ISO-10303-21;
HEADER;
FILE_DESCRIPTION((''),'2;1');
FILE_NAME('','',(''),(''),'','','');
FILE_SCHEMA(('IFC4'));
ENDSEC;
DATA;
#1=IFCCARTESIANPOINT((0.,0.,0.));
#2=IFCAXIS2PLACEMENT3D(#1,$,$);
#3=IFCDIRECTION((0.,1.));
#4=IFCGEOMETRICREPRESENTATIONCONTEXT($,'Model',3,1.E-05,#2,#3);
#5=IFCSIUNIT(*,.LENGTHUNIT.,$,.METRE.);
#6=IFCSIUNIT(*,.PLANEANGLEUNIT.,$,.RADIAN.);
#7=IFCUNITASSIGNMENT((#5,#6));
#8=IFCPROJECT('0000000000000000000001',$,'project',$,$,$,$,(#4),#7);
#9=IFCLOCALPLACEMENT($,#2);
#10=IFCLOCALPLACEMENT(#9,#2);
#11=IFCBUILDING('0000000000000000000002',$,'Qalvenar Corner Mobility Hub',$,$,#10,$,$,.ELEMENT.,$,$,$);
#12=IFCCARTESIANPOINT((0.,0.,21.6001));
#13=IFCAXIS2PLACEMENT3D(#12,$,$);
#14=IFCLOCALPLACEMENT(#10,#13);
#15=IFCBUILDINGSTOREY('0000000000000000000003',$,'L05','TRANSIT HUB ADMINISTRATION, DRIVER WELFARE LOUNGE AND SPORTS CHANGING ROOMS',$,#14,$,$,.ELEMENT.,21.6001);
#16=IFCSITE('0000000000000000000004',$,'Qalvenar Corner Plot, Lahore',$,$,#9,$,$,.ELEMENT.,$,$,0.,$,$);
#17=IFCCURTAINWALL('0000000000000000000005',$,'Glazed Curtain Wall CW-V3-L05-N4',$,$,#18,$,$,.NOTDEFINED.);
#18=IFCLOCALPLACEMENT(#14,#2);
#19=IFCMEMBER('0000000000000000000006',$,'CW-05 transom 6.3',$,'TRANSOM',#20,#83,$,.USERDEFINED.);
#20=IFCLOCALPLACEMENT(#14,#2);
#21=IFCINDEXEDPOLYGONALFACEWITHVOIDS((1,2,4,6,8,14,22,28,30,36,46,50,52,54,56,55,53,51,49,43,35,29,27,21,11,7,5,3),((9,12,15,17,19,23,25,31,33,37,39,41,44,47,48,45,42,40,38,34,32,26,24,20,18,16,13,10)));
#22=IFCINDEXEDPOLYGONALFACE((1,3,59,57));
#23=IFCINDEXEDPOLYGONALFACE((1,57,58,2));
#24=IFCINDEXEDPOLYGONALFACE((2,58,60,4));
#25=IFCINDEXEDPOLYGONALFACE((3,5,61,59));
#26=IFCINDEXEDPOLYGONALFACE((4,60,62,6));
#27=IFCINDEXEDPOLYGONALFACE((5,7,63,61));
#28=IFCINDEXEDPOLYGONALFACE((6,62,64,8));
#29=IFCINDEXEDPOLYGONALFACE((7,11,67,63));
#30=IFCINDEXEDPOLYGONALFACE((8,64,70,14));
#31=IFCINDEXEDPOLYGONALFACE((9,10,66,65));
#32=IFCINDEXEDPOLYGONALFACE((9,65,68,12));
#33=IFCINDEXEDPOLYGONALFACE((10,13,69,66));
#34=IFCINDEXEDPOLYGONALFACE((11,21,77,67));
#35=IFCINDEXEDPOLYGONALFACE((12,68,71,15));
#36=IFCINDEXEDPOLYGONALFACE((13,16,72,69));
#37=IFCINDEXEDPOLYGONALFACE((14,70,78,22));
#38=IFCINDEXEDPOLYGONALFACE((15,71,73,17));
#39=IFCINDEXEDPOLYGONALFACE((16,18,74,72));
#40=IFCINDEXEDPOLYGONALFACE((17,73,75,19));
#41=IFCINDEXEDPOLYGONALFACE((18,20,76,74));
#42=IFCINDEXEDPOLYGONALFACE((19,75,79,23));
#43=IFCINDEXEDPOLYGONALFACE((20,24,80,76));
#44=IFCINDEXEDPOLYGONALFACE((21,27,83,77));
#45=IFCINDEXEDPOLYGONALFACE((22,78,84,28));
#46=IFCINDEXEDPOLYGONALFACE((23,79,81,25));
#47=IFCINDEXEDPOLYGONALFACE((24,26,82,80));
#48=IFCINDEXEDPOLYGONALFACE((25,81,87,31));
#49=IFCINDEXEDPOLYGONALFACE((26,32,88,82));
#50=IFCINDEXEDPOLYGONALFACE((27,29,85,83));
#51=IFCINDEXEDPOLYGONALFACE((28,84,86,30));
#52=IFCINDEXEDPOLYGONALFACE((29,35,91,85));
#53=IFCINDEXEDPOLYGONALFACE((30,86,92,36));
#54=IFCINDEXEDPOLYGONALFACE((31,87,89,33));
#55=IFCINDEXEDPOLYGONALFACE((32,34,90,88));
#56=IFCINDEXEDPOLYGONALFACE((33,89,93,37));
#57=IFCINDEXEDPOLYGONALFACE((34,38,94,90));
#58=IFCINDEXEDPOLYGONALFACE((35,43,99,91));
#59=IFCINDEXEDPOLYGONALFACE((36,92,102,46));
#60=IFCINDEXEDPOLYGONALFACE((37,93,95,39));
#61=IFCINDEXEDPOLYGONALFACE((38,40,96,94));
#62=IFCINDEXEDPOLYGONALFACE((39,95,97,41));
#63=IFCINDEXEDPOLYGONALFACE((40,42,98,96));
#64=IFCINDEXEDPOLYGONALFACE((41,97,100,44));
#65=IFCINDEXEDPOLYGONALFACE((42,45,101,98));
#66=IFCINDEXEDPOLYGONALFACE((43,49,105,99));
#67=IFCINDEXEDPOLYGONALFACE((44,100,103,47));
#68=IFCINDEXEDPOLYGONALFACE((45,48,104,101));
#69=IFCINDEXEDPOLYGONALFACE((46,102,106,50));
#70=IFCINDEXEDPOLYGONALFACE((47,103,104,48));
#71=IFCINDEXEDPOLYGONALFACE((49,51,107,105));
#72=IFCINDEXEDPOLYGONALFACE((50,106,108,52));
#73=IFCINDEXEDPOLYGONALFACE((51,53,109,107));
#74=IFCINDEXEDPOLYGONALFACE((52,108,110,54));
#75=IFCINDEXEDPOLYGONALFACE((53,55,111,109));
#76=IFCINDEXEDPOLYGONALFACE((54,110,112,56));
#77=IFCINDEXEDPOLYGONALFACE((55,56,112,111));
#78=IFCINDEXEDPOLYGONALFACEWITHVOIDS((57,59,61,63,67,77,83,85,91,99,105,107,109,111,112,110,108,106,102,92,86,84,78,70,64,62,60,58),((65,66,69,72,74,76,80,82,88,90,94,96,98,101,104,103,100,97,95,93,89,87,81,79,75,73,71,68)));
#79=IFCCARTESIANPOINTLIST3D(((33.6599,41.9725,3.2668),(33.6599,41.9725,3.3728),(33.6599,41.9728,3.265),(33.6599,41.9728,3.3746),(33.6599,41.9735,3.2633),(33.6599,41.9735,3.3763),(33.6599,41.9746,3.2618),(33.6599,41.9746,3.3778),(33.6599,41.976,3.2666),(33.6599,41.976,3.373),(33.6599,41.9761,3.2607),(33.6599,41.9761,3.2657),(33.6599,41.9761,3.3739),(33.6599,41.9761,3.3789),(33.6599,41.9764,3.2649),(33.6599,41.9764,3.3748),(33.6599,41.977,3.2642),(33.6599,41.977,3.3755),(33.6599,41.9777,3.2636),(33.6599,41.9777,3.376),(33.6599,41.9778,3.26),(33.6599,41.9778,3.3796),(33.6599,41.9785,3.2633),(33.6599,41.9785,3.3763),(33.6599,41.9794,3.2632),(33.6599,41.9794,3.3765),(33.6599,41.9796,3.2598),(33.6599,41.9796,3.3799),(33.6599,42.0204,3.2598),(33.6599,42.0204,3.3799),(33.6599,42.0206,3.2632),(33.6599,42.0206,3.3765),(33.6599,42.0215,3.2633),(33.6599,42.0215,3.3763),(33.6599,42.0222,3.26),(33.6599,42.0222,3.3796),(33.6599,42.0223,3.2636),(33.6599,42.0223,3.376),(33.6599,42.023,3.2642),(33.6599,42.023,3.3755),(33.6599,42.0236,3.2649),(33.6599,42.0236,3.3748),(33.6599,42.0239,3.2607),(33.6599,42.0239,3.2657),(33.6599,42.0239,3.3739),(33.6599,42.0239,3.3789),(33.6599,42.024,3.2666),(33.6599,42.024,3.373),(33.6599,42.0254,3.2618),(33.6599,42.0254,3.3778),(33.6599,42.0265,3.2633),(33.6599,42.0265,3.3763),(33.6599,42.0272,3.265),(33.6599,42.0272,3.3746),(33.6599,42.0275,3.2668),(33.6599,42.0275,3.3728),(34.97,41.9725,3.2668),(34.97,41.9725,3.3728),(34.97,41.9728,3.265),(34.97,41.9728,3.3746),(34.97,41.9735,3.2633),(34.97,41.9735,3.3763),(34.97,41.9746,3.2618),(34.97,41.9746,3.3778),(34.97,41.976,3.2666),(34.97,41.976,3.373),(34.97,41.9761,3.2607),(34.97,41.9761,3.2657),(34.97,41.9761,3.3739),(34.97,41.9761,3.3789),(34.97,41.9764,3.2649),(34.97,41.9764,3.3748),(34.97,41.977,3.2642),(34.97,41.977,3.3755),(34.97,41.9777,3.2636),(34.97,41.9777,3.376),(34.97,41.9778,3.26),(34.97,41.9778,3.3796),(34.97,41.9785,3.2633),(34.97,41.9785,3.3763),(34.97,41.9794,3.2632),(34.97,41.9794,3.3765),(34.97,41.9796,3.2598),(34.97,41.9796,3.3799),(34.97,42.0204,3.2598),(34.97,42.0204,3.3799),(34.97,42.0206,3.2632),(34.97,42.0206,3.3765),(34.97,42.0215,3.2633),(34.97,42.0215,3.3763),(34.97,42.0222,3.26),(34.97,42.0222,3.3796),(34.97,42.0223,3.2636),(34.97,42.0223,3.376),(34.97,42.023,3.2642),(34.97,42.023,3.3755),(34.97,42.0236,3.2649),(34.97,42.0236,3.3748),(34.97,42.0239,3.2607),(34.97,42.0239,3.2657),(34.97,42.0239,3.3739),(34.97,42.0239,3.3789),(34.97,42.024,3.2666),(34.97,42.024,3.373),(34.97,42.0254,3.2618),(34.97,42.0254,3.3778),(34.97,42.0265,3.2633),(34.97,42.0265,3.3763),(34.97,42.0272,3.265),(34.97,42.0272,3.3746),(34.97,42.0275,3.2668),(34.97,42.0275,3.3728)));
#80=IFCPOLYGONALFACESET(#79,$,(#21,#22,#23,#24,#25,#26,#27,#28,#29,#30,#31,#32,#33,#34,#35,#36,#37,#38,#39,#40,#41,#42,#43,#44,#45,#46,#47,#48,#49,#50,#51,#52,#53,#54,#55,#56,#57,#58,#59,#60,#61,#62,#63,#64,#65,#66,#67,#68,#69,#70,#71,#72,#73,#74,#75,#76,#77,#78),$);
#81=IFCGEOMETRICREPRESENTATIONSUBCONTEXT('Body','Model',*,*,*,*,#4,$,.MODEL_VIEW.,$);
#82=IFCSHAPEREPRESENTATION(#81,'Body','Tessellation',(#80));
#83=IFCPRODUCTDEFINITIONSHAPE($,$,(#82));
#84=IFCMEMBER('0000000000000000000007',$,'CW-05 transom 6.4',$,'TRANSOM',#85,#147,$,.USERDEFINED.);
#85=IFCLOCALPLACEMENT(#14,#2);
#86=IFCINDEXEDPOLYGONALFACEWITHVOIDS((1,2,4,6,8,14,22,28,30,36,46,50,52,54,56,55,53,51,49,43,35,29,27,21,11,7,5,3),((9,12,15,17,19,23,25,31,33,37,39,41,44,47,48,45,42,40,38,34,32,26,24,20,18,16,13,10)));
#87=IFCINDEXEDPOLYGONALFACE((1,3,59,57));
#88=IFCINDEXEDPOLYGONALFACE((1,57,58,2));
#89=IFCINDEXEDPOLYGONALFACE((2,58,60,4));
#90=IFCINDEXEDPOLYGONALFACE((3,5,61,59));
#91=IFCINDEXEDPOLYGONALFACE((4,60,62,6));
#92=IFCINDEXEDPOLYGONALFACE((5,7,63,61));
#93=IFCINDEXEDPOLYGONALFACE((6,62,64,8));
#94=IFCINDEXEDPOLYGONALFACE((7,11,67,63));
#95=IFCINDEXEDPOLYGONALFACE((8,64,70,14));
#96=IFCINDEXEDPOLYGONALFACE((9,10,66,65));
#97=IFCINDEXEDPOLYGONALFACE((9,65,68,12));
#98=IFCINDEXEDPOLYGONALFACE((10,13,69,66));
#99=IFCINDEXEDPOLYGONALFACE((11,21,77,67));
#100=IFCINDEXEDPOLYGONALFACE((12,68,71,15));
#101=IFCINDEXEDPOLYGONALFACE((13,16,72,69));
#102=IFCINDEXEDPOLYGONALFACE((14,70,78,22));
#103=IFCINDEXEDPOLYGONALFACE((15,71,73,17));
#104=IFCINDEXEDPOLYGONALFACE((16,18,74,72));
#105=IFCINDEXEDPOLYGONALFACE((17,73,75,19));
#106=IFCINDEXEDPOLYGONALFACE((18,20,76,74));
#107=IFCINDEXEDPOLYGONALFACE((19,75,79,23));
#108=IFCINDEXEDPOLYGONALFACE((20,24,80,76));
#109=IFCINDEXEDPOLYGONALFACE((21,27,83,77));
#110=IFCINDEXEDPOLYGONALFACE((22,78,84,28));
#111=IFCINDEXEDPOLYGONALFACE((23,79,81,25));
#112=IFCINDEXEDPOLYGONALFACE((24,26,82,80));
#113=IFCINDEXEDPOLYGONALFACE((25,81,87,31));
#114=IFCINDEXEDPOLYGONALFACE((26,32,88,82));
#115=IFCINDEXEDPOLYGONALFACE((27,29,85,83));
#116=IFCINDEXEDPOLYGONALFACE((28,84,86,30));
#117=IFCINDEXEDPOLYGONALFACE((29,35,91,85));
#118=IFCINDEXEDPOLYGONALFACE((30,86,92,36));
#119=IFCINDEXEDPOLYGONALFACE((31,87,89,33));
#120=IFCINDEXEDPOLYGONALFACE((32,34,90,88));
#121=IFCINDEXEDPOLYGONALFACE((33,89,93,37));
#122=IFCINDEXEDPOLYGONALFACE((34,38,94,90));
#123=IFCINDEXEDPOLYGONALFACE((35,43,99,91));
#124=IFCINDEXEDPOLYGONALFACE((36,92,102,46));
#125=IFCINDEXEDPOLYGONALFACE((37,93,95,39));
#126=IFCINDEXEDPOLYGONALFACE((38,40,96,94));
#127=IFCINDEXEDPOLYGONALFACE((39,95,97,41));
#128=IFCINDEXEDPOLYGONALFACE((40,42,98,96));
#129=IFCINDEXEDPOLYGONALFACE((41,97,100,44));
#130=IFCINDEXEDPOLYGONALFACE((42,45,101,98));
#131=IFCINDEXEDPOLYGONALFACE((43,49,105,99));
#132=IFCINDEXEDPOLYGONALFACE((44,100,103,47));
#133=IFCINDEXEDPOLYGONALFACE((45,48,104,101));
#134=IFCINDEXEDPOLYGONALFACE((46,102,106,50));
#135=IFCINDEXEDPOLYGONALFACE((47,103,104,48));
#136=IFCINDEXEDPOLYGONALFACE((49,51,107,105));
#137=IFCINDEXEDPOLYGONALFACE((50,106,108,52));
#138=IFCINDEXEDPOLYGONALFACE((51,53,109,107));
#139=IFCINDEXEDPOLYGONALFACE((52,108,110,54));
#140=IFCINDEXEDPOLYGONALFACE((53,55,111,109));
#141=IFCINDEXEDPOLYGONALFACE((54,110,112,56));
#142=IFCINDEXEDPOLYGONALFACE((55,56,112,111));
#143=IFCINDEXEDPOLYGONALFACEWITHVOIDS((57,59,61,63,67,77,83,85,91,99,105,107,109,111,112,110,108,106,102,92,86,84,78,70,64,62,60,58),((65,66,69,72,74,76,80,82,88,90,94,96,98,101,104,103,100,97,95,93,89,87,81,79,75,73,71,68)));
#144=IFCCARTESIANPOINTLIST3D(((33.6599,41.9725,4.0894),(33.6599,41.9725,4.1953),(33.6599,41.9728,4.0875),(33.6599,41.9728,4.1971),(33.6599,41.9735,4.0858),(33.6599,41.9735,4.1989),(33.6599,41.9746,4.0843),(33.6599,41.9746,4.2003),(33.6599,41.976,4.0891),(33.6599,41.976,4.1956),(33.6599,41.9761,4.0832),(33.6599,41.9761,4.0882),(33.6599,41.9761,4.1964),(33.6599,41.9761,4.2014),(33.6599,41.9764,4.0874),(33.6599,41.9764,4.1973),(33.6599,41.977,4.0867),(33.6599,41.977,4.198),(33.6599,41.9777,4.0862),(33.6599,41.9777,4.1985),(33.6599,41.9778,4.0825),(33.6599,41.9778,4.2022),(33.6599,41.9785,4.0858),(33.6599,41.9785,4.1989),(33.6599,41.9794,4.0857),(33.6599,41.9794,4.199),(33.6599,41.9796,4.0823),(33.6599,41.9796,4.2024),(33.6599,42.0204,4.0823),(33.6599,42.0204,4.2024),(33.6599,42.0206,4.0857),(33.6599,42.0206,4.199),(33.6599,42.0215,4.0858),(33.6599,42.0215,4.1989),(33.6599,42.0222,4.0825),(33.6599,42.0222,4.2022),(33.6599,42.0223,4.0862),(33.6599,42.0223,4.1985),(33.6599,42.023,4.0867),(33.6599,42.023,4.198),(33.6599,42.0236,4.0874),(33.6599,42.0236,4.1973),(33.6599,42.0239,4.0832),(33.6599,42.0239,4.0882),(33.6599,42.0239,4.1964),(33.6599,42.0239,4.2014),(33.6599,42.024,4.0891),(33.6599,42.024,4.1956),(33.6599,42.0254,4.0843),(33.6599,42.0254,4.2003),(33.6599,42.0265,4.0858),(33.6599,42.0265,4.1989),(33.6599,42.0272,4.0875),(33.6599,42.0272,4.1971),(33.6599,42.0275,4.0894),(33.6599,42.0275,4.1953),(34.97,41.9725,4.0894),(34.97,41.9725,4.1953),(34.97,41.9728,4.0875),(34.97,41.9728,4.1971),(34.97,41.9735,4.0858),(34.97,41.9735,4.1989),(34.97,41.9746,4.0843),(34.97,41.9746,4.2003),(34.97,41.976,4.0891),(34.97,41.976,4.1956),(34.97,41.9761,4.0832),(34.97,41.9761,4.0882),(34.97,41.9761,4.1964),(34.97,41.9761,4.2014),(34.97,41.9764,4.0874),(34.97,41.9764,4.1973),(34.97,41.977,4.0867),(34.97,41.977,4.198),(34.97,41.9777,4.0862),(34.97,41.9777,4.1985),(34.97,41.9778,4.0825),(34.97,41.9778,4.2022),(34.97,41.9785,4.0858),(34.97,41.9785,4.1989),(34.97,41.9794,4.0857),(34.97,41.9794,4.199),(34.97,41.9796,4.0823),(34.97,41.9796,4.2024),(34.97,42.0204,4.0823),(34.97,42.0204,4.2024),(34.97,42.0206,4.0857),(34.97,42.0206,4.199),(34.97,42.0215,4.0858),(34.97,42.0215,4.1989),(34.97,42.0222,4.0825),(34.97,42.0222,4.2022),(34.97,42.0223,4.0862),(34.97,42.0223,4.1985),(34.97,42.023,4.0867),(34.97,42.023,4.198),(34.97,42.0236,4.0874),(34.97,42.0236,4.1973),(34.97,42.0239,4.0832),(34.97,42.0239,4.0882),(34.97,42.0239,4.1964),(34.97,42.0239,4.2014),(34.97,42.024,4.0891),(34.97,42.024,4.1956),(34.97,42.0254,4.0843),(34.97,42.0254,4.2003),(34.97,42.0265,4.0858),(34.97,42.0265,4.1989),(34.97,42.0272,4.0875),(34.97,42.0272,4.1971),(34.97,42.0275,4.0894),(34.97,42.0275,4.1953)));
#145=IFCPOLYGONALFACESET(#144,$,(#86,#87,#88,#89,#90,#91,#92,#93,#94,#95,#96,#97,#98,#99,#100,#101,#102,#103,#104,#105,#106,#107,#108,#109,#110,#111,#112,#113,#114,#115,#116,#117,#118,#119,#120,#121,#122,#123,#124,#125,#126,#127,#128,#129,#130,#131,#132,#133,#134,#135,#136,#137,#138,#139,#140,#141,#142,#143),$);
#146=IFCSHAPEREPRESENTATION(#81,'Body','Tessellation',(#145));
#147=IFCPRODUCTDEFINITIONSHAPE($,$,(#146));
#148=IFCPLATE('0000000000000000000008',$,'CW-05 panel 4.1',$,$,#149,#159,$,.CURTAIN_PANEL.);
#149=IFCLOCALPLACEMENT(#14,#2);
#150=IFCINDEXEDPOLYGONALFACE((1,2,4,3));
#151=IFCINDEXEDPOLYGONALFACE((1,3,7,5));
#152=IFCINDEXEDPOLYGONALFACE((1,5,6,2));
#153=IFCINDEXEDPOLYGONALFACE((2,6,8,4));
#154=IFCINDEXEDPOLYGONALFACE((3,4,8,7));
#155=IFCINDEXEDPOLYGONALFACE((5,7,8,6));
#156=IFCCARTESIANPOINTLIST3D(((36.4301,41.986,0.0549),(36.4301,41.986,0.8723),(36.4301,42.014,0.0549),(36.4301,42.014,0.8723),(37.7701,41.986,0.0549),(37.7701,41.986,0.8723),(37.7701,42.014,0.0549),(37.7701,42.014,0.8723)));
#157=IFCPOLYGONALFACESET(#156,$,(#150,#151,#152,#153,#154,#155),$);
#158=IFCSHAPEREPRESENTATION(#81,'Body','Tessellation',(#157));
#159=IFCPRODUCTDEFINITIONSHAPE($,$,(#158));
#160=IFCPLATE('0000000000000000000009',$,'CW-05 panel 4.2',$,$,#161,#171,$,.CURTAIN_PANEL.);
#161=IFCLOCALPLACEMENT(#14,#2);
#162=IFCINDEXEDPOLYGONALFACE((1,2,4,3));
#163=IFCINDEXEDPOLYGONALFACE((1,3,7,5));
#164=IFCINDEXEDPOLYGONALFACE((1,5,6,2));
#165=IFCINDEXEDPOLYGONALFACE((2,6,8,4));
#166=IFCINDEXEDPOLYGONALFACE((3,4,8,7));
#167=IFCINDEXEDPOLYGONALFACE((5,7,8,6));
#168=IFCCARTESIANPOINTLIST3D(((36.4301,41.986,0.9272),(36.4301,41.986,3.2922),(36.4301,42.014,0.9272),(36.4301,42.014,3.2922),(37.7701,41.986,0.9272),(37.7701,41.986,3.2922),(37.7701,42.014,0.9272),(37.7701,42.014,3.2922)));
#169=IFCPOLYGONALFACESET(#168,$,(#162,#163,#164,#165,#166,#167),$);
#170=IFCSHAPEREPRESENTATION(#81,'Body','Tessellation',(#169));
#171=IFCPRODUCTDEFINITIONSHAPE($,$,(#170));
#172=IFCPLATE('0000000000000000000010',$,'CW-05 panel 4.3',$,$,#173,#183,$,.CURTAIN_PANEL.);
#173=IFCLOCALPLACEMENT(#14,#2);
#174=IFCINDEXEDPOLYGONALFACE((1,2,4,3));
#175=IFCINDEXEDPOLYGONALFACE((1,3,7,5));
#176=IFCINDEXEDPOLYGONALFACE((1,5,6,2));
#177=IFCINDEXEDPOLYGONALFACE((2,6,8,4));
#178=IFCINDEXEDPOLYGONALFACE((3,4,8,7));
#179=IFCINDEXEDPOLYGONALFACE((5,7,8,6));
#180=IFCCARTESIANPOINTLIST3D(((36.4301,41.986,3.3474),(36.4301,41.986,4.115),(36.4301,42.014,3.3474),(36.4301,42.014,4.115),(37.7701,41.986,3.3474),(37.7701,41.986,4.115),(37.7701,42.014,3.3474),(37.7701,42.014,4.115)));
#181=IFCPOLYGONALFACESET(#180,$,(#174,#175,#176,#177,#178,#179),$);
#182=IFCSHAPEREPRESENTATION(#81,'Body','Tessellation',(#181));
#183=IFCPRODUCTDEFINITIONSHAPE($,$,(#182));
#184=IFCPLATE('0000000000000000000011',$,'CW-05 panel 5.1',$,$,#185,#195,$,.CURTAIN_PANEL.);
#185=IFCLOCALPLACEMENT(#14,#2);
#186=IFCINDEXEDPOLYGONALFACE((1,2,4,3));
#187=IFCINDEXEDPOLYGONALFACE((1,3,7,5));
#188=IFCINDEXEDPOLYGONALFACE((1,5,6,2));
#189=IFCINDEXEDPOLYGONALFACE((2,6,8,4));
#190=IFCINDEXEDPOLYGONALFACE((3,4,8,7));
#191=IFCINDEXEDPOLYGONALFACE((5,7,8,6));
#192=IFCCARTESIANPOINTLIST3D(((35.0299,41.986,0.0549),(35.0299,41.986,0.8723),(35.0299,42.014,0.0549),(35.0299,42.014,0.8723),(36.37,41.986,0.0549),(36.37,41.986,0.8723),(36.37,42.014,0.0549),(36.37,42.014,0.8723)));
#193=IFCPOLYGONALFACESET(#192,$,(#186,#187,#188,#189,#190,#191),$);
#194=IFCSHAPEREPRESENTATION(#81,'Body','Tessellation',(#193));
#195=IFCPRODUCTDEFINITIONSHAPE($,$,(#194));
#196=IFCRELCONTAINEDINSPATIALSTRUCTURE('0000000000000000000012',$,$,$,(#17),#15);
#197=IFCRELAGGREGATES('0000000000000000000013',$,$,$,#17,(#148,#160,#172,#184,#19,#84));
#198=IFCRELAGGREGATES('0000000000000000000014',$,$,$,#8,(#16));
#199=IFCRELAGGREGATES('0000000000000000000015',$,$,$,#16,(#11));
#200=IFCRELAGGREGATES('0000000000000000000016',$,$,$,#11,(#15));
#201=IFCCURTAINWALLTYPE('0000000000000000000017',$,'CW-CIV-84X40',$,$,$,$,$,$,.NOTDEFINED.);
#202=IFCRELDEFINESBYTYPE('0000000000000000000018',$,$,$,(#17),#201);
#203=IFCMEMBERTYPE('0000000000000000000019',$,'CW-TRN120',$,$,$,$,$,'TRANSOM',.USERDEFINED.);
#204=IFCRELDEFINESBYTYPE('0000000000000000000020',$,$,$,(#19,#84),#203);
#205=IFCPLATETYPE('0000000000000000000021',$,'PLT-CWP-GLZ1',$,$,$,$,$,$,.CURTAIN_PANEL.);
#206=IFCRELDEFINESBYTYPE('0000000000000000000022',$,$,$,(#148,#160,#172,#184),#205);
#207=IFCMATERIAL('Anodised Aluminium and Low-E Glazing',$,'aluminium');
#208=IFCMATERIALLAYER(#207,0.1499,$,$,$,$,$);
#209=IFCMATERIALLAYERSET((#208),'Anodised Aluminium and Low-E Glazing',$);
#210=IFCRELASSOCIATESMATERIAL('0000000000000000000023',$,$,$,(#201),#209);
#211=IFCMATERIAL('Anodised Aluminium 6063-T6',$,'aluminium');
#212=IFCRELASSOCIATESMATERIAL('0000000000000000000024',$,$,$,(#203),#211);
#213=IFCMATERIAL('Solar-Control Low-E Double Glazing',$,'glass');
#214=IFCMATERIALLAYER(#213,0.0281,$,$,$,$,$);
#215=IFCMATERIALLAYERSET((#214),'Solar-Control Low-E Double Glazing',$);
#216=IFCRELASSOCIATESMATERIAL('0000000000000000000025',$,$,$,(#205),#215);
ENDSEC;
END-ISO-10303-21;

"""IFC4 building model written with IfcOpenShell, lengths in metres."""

from ifc_helpers import new_model, si_unit, direction, frame, origin, origin_2d, place, context, subcontext, project, spatial, rectangle, hollow_rectangle, extrude, material, layer, layer_set, material_profile, profile_set, type_object, element, aggregate, save


model = new_model("IFC4")

# Units and contexts
model_context = context("Model", 3, precision=1e-05, world=origin(), true_north=direction((0.0, 1.0)))
body_context = subcontext(model_context, "Body", "Model", "MODEL_VIEW")
ifc_project = project(units=[si_unit("LENGTHUNIT", "METRE"), si_unit("PLANEANGLEUNIT", "RADIAN")], contexts=[model_context])

# Site, building, storey
site_placement = place(None, origin())
site = spatial("IfcSite", under=ifc_project, at=site_placement, Name="Qalvenar Corner Plot, Lahore", CompositionType="ELEMENT", RefElevation=0.0)
building_placement = place(site_placement, origin())
building = spatial("IfcBuilding", under=site, at=building_placement, Name="Qalvenar Corner Mobility Hub", CompositionType="ELEMENT")
storey_placement = place(building_placement, frame((0.0, 0.0, 21.6001)))
storey = spatial("IfcBuildingStorey", under=building, at=storey_placement, Name="L05", Description="TRANSIT HUB ADMINISTRATION, DRIVER WELFARE LOUNGE AND SPORTS CHANGING ROOMS", CompositionType="ELEMENT", Elevation=21.6001)

# Curtain wall, members, plates
ifc_material_1 = material(Name="Anodised Aluminium and Low-E Glazing", Category="aluminium")
ifc_layer_1 = layer(ifc_material_1, 0.1499)
ifc_layer_set_1 = layer_set([ifc_layer_1], Name="Anodised Aluminium and Low-E Glazing")
curtain_wall_type = type_object("IfcCurtainWallType", Name="CW-CIV-84X40", PredefinedType="NOTDEFINED", material=ifc_layer_set_1)
curtain_wall_placement = place(storey_placement, origin())
curtain_wall = element("IfcCurtainWall", 1, at=curtain_wall_placement, inside=storey, type_object=curtain_wall_type, Name="Glazed Curtain Wall CW-V3-L05-N4", PredefinedType="NOTDEFINED")
ifc_material_2 = material(Name="Anodised Aluminium 6063-T6", Category="aluminium")
ifc_material_profile_1 = material_profile(ifc_material_2, hollow_rectangle(XDim=0.0549, YDim=0.1201, WallThickness=0.0034, InnerFilletRadius=0.0034, OuterFilletRadius=0.0071, at=origin_2d()), Name="RHS120x55x3.5")
ifc_profile_set_1 = profile_set([ifc_material_profile_1], Name="Anodised Aluminium 6063-T6")
member_type_1 = type_object("IfcMemberType", Name="CW-TRN120", ElementType="TRANSOM", PredefinedType="USERDEFINED", material=ifc_profile_set_1)
member_1_placement = place(storey_placement, frame((34.97, 42.0, 3.3198), z_axis=(-1.0, 0.0, 0.0), x_axis=(0.0, -1.0, 0.0)))
member_1 = element("IfcMember", 2, at=member_1_placement, type_object=member_type_1, Name="CW-05 transom 6.3", ObjectType="TRANSOM", PredefinedType="USERDEFINED", context=body_context, shape_type="SweptSolid", body=[
    extrude(hollow_rectangle(XDim=0.0549, YDim=0.1201, WallThickness=0.0034, InnerFilletRadius=0.0034, OuterFilletRadius=0.0071, at=origin_2d()), origin(), (0.0, 0.0, 1.0), 1.3101),
])
member_2_placement = place(storey_placement, frame((34.97, 42.0, 4.1423), z_axis=(-1.0, 0.0, 0.0), x_axis=(0.0, -1.0, 0.0)))
member_2 = element("IfcMember", 3, at=member_2_placement, type_object=member_type_1, Name="CW-05 transom 6.4", ObjectType="TRANSOM", PredefinedType="USERDEFINED", context=body_context, shape_type="SweptSolid", body=[
    extrude(hollow_rectangle(XDim=0.0549, YDim=0.1201, WallThickness=0.0034, InnerFilletRadius=0.0034, OuterFilletRadius=0.0071, at=origin_2d()), origin(), (0.0, 0.0, 1.0), 1.3101),
])
ifc_material_3 = material(Name="Solar-Control Low-E Double Glazing", Category="glass")
ifc_layer_2 = layer(ifc_material_3, 0.0281)
ifc_layer_set_2 = layer_set([ifc_layer_2], Name="Solar-Control Low-E Double Glazing")
plate_type = type_object("IfcPlateType", Name="PLT-CWP-GLZ1", PredefinedType="CURTAIN_PANEL", material=ifc_layer_set_2)
plate_1_placement = place(storey_placement, frame((37.1001, 42.0, 0.0549), z_axis=(0.0, 0.0, 1.0), x_axis=(-1.0, 0.0, 0.0)))
plate_1 = element("IfcPlate", 4, at=plate_1_placement, type_object=plate_type, Name="CW-05 panel 4.1", PredefinedType="CURTAIN_PANEL", context=body_context, shape_type="SweptSolid", body=[
    extrude(rectangle(XDim=1.3401, YDim=0.0281, at=origin_2d()), origin(), (0.0, 0.0, 1.0), 0.8174),
])
plate_2_placement = place(storey_placement, frame((37.1001, 42.0, 0.9272), z_axis=(0.0, 0.0, 1.0), x_axis=(-1.0, 0.0, 0.0)))
plate_2 = element("IfcPlate", 5, at=plate_2_placement, type_object=plate_type, Name="CW-05 panel 4.2", PredefinedType="CURTAIN_PANEL", context=body_context, shape_type="SweptSolid", body=[
    extrude(rectangle(XDim=1.3401, YDim=0.0281, at=origin_2d()), origin(), (0.0, 0.0, 1.0), 2.365),
])
plate_3_placement = place(storey_placement, frame((37.1001, 42.0, 3.3474), z_axis=(0.0, 0.0, 1.0), x_axis=(-1.0, 0.0, 0.0)))
plate_3 = element("IfcPlate", 6, at=plate_3_placement, type_object=plate_type, Name="CW-05 panel 4.3", PredefinedType="CURTAIN_PANEL", context=body_context, shape_type="SweptSolid", body=[
    extrude(rectangle(XDim=1.3401, YDim=0.0281, at=origin_2d()), origin(), (0.0, 0.0, 1.0), 0.7676),
])
plate_4_placement = place(storey_placement, frame((35.7, 42.0, 0.0549), z_axis=(0.0, 0.0, 1.0), x_axis=(-1.0, 0.0, 0.0)))
plate_4 = element("IfcPlate", 7, at=plate_4_placement, type_object=plate_type, Name="CW-05 panel 5.1", PredefinedType="CURTAIN_PANEL", context=body_context, shape_type="SweptSolid", body=[
    extrude(rectangle(XDim=1.3401, YDim=0.0281, at=origin_2d()), origin(), (0.0, 0.0, 1.0), 0.8174),
])
aggregate(curtain_wall, [plate_1, plate_2, plate_3, plate_4, member_1, member_2])

save(model, "model.ifc")
